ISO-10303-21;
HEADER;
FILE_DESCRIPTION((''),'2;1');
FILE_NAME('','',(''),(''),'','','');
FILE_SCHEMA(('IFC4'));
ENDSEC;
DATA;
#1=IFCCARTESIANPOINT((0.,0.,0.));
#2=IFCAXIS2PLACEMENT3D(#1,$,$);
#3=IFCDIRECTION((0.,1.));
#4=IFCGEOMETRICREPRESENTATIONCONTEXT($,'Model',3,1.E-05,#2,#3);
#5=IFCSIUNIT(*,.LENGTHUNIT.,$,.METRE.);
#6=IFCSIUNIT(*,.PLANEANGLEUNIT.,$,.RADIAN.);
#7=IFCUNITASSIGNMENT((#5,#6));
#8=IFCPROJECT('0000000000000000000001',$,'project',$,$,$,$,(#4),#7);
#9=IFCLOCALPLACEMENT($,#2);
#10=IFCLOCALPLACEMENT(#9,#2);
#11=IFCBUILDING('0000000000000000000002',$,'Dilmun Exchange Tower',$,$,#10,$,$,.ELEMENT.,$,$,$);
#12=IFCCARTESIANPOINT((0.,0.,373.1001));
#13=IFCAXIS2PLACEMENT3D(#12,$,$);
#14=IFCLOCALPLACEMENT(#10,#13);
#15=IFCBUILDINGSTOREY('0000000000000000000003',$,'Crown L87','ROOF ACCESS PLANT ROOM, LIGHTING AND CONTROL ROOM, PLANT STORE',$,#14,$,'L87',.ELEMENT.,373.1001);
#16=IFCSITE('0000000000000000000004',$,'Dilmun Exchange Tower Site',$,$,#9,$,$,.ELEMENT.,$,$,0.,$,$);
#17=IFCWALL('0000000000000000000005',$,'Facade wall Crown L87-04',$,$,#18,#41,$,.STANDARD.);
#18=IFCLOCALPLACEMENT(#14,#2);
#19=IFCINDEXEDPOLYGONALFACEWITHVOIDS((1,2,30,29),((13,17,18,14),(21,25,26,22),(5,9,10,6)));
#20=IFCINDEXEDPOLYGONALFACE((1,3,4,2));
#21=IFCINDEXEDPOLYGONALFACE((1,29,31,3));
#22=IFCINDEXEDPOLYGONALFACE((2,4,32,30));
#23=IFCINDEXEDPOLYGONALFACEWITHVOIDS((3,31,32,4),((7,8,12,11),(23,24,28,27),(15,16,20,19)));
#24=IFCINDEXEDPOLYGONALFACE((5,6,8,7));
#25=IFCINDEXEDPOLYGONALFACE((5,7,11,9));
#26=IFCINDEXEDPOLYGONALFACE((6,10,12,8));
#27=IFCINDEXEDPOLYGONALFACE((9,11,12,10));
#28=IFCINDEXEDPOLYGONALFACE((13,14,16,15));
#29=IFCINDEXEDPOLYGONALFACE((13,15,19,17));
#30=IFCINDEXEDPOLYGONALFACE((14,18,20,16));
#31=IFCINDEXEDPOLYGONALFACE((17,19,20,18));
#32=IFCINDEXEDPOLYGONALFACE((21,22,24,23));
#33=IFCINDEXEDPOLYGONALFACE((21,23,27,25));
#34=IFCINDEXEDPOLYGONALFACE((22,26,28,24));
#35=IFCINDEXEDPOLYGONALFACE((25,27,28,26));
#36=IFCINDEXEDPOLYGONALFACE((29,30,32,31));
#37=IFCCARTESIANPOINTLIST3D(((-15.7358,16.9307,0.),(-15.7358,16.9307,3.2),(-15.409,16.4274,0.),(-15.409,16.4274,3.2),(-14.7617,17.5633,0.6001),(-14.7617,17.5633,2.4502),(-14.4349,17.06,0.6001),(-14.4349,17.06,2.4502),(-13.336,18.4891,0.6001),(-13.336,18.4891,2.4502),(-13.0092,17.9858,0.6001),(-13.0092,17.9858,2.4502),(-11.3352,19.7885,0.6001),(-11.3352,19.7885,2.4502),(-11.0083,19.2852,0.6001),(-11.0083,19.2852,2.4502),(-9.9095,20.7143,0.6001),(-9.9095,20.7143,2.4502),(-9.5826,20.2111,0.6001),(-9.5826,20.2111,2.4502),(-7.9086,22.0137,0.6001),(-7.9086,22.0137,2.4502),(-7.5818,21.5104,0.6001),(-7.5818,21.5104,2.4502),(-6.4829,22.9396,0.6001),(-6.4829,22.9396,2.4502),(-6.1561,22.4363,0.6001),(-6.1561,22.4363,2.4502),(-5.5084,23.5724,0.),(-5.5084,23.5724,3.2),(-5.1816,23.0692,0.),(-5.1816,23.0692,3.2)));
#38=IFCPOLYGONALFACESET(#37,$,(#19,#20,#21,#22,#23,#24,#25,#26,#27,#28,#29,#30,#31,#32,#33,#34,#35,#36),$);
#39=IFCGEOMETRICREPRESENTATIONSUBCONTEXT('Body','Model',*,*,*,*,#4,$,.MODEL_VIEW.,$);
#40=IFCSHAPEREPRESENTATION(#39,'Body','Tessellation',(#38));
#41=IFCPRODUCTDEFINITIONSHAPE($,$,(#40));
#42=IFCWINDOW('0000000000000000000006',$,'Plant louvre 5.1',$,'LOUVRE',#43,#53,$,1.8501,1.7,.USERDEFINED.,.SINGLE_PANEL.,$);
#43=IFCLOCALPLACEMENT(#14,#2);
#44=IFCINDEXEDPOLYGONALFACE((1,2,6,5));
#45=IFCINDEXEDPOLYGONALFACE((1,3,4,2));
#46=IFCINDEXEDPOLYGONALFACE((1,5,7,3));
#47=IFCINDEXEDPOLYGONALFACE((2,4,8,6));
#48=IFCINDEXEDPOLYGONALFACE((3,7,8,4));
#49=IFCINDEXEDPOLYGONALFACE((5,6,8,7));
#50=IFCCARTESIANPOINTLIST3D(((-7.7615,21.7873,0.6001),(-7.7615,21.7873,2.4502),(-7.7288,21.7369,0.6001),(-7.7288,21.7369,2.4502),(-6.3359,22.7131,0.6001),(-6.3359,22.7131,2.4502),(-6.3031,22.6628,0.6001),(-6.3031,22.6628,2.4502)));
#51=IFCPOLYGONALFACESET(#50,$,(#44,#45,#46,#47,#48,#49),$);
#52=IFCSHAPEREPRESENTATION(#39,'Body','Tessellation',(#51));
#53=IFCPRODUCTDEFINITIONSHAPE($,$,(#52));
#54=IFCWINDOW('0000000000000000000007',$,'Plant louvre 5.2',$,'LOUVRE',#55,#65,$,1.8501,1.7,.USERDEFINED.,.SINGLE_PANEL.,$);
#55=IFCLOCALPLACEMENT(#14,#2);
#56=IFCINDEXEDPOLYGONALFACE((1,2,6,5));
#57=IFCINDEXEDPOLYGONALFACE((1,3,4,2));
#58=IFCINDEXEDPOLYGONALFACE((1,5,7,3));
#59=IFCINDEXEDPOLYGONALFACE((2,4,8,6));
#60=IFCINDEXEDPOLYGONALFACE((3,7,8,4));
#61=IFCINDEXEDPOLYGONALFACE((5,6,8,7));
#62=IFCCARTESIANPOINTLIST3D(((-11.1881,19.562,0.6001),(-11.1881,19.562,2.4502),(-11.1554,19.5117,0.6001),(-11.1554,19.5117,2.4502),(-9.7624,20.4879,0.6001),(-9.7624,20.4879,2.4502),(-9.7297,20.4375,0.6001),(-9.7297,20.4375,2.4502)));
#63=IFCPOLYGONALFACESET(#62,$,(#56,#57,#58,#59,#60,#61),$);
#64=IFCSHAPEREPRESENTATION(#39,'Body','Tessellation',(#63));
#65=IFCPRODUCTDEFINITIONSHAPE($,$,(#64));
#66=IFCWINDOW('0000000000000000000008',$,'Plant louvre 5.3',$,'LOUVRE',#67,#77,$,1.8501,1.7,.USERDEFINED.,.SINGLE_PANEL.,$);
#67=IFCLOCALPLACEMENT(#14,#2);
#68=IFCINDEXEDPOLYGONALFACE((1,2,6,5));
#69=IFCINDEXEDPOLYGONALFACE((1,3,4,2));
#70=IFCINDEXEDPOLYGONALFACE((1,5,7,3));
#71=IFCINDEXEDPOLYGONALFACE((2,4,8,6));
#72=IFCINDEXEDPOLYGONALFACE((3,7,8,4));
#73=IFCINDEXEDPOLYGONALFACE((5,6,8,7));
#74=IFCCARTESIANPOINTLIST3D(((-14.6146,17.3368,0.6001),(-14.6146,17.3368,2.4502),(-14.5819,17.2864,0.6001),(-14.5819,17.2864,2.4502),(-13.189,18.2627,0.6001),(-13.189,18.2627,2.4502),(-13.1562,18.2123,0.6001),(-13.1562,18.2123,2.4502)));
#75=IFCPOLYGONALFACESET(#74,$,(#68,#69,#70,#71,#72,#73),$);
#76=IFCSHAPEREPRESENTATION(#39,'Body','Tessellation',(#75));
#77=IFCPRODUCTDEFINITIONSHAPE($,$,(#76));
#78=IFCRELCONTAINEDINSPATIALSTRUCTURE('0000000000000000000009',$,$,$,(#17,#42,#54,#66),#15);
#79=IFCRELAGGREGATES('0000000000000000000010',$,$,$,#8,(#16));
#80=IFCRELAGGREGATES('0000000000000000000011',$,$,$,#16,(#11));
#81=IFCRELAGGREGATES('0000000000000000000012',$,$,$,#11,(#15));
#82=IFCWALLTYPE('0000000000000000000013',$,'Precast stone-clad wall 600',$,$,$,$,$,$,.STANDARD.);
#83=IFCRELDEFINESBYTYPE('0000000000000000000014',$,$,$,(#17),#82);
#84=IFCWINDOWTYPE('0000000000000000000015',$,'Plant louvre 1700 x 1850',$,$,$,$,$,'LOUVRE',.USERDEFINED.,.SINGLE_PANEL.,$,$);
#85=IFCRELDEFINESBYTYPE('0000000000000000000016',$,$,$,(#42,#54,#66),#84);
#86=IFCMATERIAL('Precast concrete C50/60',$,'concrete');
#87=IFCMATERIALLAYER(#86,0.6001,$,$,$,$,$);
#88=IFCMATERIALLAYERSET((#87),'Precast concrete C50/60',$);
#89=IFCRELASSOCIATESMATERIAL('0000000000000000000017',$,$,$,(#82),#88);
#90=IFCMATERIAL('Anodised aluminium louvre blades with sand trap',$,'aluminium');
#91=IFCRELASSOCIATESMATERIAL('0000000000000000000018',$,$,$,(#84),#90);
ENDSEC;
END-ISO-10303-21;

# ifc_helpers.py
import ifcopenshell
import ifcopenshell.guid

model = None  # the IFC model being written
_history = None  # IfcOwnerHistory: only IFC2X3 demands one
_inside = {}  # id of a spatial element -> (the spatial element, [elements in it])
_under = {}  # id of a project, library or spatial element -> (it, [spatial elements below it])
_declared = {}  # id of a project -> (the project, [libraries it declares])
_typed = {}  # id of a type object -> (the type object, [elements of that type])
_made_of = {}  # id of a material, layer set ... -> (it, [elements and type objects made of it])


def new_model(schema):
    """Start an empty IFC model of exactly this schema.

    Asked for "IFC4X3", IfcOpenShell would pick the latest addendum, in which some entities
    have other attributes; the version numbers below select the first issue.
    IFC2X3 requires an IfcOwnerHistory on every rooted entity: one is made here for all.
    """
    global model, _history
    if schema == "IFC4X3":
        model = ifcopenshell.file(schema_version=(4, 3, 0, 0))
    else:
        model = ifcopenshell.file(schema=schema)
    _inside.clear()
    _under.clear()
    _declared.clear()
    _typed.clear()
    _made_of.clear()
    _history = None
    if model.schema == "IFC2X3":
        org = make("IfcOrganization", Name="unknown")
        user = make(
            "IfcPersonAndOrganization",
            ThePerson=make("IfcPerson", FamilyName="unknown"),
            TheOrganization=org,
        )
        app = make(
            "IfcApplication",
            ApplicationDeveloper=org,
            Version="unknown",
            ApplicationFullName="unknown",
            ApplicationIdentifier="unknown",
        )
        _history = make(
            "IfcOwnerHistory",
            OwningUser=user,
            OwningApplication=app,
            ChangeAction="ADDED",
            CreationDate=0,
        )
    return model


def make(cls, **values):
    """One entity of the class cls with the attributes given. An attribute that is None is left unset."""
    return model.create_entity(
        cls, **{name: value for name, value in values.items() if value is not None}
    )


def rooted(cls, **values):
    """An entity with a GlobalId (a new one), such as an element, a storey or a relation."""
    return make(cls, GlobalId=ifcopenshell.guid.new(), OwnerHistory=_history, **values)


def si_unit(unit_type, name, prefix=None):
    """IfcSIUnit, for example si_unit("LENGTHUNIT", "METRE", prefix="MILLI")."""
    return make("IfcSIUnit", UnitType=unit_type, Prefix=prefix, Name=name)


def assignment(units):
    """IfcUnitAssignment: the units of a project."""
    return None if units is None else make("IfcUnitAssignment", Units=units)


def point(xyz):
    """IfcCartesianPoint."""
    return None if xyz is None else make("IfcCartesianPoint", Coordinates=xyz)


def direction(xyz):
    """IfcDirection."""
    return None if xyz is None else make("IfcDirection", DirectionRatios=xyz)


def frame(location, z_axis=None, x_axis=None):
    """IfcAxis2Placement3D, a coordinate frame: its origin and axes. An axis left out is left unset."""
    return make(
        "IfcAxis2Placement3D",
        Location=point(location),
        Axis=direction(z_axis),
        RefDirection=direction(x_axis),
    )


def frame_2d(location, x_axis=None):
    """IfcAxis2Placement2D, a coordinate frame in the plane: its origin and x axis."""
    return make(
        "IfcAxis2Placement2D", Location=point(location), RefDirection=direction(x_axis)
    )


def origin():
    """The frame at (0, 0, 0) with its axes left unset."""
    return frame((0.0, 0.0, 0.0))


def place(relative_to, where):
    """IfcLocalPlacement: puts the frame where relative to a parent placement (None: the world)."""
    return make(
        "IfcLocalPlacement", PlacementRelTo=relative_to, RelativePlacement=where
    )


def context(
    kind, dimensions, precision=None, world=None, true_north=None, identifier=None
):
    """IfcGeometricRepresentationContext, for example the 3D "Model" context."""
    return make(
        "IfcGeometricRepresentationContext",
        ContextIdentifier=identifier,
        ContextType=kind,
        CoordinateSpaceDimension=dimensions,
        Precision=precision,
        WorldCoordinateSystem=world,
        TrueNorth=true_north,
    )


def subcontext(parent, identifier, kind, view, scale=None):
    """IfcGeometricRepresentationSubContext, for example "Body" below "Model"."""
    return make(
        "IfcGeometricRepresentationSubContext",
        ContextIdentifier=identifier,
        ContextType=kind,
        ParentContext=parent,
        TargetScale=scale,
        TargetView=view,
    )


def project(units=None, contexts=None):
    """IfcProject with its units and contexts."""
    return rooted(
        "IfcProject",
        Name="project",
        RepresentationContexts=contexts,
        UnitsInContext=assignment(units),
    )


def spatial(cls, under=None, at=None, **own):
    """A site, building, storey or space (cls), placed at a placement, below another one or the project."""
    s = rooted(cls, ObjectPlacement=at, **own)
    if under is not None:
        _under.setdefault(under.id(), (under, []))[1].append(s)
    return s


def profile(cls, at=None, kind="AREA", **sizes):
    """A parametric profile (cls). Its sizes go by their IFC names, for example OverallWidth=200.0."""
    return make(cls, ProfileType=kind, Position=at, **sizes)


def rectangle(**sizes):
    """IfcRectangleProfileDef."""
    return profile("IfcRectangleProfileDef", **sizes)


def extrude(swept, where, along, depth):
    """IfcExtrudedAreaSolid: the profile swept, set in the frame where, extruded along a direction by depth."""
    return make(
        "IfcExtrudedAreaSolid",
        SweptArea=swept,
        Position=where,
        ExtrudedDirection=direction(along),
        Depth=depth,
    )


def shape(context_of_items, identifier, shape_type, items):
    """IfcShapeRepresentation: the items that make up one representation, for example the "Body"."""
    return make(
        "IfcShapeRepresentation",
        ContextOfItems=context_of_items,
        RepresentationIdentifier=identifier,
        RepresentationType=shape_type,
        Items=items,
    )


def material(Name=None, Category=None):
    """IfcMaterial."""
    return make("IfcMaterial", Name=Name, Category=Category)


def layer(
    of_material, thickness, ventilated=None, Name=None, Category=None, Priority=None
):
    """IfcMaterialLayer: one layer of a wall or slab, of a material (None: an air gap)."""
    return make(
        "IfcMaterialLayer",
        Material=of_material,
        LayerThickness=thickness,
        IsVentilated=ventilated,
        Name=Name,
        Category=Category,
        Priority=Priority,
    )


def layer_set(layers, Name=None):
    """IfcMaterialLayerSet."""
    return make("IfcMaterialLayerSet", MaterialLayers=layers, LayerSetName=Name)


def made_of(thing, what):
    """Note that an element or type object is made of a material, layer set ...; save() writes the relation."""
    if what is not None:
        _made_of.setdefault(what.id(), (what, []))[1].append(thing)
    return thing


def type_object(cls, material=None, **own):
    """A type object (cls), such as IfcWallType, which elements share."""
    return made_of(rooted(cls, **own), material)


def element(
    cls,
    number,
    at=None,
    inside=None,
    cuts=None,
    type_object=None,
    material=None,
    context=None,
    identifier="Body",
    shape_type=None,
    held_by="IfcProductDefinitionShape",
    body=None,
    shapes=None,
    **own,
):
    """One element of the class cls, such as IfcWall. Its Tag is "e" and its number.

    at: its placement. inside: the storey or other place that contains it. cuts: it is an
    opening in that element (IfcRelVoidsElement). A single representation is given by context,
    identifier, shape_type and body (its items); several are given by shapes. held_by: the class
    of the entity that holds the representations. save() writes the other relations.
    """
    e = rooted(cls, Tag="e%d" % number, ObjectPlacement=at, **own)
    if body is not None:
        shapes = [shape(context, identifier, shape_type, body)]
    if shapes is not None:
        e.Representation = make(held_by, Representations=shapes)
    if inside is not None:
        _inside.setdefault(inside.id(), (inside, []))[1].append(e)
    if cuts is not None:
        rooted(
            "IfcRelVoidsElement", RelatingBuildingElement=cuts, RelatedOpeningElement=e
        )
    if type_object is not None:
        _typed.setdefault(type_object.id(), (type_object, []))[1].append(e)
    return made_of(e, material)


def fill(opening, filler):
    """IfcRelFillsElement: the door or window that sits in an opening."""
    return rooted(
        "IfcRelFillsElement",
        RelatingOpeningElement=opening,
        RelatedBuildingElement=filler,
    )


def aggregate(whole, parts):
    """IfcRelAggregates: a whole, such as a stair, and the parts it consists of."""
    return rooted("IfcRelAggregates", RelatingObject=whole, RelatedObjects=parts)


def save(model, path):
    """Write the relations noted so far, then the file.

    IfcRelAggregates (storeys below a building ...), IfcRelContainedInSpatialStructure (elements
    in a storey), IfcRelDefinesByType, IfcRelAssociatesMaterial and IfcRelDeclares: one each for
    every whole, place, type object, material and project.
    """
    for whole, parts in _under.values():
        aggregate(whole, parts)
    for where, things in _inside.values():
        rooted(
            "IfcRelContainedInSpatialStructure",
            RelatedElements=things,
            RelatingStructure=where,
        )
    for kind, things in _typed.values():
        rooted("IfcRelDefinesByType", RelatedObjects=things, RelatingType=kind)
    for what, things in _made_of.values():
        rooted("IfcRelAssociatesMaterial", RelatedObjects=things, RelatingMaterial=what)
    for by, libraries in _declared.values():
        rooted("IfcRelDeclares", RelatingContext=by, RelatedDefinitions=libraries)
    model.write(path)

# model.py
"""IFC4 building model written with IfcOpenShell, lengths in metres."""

from ifc_helpers import new_model, si_unit, direction, frame, frame_2d, origin, place, context, subcontext, project, spatial, rectangle, extrude, material, layer, layer_set, type_object, element, fill, save


model = new_model("IFC4")

# Units and contexts
model_context = context("Model", 3, precision=1e-05, world=origin(), true_north=direction((0.0, 1.0)))
body_context = subcontext(model_context, "Body", "Model", "MODEL_VIEW")
ifc_project = project(units=[si_unit("LENGTHUNIT", "METRE"), si_unit("PLANEANGLEUNIT", "RADIAN")], contexts=[model_context])

# Site, building, storey
site_placement = place(None, origin())
site = spatial("IfcSite", under=ifc_project, at=site_placement, Name="Dilmun Exchange Tower Site", CompositionType="ELEMENT", RefElevation=0.0)
building_placement = place(site_placement, origin())
building = spatial("IfcBuilding", under=site, at=building_placement, Name="Dilmun Exchange Tower", CompositionType="ELEMENT")
storey_placement = place(building_placement, frame((0.0, 0.0, 373.1001)))
storey = spatial("IfcBuildingStorey", under=building, at=storey_placement, Name="Crown L87", Description="ROOF ACCESS PLANT ROOM, LIGHTING AND CONTROL ROOM, PLANT STORE", LongName="L87", CompositionType="ELEMENT", Elevation=373.1001)

# Wall, openings, windows
ifc_material_1 = material(Name="Precast concrete C50/60", Category="concrete")
ifc_layer_1 = layer(ifc_material_1, 0.6001)
ifc_layer_set_1 = layer_set([ifc_layer_1], Name="Precast concrete C50/60")
wall_type_1 = type_object("IfcWallType", Name="Precast stone-clad wall 600", PredefinedType="STANDARD", material=ifc_layer_set_1)
wall_1_placement = place(storey_placement, frame((-5.345, 23.3208, 0.0), z_axis=(0.0, 0.0, 1.0), x_axis=(-0.83867, -0.544639, 0.0)))
wall_1 = element("IfcWall", 1, at=wall_1_placement, inside=storey, type_object=wall_type_1, Name="Facade wall Crown L87-04", PredefinedType="STANDARD", context=body_context, shape_type="SweptSolid", body=[
    extrude(rectangle(XDim=12.1948, YDim=0.6001, at=frame_2d((6.0974, 0.0))), origin(), (0.0, 0.0, 1.0), 3.2),
])
opening_1_placement = place(wall_1_placement, frame((1.1619, 0.0, 0.6001)))
opening_1 = element("IfcOpeningElement", 2, at=opening_1_placement, cuts=wall_1, PredefinedType="OPENING", context=body_context, shape_type="SweptSolid", body=[
    extrude(rectangle(XDim=1.7, YDim=1.8501, at=frame_2d((0.8501, 0.925))), frame((0.0, 0.3101, 0.0), z_axis=(0.0, -1.0, 0.0), x_axis=(1.0, 0.0, 0.0)), (0.0, 0.0, 1.0), 0.6201),
])
opening_2_placement = place(wall_1_placement, frame((5.2476, 0.0, 0.6001)))
opening_2 = element("IfcOpeningElement", 3, at=opening_2_placement, cuts=wall_1, PredefinedType="OPENING", context=body_context, shape_type="SweptSolid", body=[
    extrude(rectangle(XDim=1.7, YDim=1.8501, at=frame_2d((0.8501, 0.925))), frame((0.0, 0.3101, 0.0), z_axis=(0.0, -1.0, 0.0), x_axis=(1.0, 0.0, 0.0)), (0.0, 0.0, 1.0), 0.6201),
])
opening_3_placement = place(wall_1_placement, frame((9.3333, 0.0, 0.6001)))
opening_3 = element("IfcOpeningElement", 4, at=opening_3_placement, cuts=wall_1, PredefinedType="OPENING", context=body_context, shape_type="SweptSolid", body=[
    extrude(rectangle(XDim=1.7, YDim=1.8501, at=frame_2d((0.8501, 0.925))), frame((0.0, 0.3101, 0.0), z_axis=(0.0, -1.0, 0.0), x_axis=(1.0, 0.0, 0.0)), (0.0, 0.0, 1.0), 0.6201),
])
ifc_material_2 = material(Name="Anodised aluminium louvre blades with sand trap", Category="aluminium")
window_type_1 = type_object("IfcWindowType", Name="Plant louvre 1700 x 1850", ElementType="LOUVRE", PartitioningType="SINGLE_PANEL", PredefinedType="USERDEFINED", material=ifc_material_2)
window_1_placement = place(opening_1_placement, origin())
window_1 = element("IfcWindow", 5, at=window_1_placement, inside=storey, type_object=window_type_1, Name="Plant louvre 5.1", ObjectType="LOUVRE", OverallHeight=1.8501, OverallWidth=1.7, PartitioningType="SINGLE_PANEL", PredefinedType="USERDEFINED", context=body_context, shape_type="SweptSolid", body=[
    extrude(rectangle(XDim=1.7, YDim=1.8501, at=frame_2d((0.8501, 0.925))), frame((0.0, 0.03, 0.0), z_axis=(0.0, -1.0, 0.0), x_axis=(1.0, 0.0, 0.0)), (0.0, 0.0, 1.0), 0.0601),
])
fill(opening_1, window_1)
window_2_placement = place(opening_2_placement, origin())
window_2 = element("IfcWindow", 6, at=window_2_placement, inside=storey, type_object=window_type_1, Name="Plant louvre 5.2", ObjectType="LOUVRE", OverallHeight=1.8501, OverallWidth=1.7, PartitioningType="SINGLE_PANEL", PredefinedType="USERDEFINED", context=body_context, shape_type="SweptSolid", body=[
    extrude(rectangle(XDim=1.7, YDim=1.8501, at=frame_2d((0.8501, 0.925))), frame((0.0, 0.03, 0.0), z_axis=(0.0, -1.0, 0.0), x_axis=(1.0, 0.0, 0.0)), (0.0, 0.0, 1.0), 0.0601),
])
fill(opening_2, window_2)
window_3_placement = place(opening_3_placement, origin())
window_3 = element("IfcWindow", 7, at=window_3_placement, inside=storey, type_object=window_type_1, Name="Plant louvre 5.3", ObjectType="LOUVRE", OverallHeight=1.8501, OverallWidth=1.7, PartitioningType="SINGLE_PANEL", PredefinedType="USERDEFINED", context=body_context, shape_type="SweptSolid", body=[
    extrude(rectangle(XDim=1.7, YDim=1.8501, at=frame_2d((0.8501, 0.925))), frame((0.0, 0.03, 0.0), z_axis=(0.0, -1.0, 0.0), x_axis=(1.0, 0.0, 0.0)), (0.0, 0.0, 1.0), 0.0601),
])
fill(opening_3, window_3)

save(model, "model.ifc")
